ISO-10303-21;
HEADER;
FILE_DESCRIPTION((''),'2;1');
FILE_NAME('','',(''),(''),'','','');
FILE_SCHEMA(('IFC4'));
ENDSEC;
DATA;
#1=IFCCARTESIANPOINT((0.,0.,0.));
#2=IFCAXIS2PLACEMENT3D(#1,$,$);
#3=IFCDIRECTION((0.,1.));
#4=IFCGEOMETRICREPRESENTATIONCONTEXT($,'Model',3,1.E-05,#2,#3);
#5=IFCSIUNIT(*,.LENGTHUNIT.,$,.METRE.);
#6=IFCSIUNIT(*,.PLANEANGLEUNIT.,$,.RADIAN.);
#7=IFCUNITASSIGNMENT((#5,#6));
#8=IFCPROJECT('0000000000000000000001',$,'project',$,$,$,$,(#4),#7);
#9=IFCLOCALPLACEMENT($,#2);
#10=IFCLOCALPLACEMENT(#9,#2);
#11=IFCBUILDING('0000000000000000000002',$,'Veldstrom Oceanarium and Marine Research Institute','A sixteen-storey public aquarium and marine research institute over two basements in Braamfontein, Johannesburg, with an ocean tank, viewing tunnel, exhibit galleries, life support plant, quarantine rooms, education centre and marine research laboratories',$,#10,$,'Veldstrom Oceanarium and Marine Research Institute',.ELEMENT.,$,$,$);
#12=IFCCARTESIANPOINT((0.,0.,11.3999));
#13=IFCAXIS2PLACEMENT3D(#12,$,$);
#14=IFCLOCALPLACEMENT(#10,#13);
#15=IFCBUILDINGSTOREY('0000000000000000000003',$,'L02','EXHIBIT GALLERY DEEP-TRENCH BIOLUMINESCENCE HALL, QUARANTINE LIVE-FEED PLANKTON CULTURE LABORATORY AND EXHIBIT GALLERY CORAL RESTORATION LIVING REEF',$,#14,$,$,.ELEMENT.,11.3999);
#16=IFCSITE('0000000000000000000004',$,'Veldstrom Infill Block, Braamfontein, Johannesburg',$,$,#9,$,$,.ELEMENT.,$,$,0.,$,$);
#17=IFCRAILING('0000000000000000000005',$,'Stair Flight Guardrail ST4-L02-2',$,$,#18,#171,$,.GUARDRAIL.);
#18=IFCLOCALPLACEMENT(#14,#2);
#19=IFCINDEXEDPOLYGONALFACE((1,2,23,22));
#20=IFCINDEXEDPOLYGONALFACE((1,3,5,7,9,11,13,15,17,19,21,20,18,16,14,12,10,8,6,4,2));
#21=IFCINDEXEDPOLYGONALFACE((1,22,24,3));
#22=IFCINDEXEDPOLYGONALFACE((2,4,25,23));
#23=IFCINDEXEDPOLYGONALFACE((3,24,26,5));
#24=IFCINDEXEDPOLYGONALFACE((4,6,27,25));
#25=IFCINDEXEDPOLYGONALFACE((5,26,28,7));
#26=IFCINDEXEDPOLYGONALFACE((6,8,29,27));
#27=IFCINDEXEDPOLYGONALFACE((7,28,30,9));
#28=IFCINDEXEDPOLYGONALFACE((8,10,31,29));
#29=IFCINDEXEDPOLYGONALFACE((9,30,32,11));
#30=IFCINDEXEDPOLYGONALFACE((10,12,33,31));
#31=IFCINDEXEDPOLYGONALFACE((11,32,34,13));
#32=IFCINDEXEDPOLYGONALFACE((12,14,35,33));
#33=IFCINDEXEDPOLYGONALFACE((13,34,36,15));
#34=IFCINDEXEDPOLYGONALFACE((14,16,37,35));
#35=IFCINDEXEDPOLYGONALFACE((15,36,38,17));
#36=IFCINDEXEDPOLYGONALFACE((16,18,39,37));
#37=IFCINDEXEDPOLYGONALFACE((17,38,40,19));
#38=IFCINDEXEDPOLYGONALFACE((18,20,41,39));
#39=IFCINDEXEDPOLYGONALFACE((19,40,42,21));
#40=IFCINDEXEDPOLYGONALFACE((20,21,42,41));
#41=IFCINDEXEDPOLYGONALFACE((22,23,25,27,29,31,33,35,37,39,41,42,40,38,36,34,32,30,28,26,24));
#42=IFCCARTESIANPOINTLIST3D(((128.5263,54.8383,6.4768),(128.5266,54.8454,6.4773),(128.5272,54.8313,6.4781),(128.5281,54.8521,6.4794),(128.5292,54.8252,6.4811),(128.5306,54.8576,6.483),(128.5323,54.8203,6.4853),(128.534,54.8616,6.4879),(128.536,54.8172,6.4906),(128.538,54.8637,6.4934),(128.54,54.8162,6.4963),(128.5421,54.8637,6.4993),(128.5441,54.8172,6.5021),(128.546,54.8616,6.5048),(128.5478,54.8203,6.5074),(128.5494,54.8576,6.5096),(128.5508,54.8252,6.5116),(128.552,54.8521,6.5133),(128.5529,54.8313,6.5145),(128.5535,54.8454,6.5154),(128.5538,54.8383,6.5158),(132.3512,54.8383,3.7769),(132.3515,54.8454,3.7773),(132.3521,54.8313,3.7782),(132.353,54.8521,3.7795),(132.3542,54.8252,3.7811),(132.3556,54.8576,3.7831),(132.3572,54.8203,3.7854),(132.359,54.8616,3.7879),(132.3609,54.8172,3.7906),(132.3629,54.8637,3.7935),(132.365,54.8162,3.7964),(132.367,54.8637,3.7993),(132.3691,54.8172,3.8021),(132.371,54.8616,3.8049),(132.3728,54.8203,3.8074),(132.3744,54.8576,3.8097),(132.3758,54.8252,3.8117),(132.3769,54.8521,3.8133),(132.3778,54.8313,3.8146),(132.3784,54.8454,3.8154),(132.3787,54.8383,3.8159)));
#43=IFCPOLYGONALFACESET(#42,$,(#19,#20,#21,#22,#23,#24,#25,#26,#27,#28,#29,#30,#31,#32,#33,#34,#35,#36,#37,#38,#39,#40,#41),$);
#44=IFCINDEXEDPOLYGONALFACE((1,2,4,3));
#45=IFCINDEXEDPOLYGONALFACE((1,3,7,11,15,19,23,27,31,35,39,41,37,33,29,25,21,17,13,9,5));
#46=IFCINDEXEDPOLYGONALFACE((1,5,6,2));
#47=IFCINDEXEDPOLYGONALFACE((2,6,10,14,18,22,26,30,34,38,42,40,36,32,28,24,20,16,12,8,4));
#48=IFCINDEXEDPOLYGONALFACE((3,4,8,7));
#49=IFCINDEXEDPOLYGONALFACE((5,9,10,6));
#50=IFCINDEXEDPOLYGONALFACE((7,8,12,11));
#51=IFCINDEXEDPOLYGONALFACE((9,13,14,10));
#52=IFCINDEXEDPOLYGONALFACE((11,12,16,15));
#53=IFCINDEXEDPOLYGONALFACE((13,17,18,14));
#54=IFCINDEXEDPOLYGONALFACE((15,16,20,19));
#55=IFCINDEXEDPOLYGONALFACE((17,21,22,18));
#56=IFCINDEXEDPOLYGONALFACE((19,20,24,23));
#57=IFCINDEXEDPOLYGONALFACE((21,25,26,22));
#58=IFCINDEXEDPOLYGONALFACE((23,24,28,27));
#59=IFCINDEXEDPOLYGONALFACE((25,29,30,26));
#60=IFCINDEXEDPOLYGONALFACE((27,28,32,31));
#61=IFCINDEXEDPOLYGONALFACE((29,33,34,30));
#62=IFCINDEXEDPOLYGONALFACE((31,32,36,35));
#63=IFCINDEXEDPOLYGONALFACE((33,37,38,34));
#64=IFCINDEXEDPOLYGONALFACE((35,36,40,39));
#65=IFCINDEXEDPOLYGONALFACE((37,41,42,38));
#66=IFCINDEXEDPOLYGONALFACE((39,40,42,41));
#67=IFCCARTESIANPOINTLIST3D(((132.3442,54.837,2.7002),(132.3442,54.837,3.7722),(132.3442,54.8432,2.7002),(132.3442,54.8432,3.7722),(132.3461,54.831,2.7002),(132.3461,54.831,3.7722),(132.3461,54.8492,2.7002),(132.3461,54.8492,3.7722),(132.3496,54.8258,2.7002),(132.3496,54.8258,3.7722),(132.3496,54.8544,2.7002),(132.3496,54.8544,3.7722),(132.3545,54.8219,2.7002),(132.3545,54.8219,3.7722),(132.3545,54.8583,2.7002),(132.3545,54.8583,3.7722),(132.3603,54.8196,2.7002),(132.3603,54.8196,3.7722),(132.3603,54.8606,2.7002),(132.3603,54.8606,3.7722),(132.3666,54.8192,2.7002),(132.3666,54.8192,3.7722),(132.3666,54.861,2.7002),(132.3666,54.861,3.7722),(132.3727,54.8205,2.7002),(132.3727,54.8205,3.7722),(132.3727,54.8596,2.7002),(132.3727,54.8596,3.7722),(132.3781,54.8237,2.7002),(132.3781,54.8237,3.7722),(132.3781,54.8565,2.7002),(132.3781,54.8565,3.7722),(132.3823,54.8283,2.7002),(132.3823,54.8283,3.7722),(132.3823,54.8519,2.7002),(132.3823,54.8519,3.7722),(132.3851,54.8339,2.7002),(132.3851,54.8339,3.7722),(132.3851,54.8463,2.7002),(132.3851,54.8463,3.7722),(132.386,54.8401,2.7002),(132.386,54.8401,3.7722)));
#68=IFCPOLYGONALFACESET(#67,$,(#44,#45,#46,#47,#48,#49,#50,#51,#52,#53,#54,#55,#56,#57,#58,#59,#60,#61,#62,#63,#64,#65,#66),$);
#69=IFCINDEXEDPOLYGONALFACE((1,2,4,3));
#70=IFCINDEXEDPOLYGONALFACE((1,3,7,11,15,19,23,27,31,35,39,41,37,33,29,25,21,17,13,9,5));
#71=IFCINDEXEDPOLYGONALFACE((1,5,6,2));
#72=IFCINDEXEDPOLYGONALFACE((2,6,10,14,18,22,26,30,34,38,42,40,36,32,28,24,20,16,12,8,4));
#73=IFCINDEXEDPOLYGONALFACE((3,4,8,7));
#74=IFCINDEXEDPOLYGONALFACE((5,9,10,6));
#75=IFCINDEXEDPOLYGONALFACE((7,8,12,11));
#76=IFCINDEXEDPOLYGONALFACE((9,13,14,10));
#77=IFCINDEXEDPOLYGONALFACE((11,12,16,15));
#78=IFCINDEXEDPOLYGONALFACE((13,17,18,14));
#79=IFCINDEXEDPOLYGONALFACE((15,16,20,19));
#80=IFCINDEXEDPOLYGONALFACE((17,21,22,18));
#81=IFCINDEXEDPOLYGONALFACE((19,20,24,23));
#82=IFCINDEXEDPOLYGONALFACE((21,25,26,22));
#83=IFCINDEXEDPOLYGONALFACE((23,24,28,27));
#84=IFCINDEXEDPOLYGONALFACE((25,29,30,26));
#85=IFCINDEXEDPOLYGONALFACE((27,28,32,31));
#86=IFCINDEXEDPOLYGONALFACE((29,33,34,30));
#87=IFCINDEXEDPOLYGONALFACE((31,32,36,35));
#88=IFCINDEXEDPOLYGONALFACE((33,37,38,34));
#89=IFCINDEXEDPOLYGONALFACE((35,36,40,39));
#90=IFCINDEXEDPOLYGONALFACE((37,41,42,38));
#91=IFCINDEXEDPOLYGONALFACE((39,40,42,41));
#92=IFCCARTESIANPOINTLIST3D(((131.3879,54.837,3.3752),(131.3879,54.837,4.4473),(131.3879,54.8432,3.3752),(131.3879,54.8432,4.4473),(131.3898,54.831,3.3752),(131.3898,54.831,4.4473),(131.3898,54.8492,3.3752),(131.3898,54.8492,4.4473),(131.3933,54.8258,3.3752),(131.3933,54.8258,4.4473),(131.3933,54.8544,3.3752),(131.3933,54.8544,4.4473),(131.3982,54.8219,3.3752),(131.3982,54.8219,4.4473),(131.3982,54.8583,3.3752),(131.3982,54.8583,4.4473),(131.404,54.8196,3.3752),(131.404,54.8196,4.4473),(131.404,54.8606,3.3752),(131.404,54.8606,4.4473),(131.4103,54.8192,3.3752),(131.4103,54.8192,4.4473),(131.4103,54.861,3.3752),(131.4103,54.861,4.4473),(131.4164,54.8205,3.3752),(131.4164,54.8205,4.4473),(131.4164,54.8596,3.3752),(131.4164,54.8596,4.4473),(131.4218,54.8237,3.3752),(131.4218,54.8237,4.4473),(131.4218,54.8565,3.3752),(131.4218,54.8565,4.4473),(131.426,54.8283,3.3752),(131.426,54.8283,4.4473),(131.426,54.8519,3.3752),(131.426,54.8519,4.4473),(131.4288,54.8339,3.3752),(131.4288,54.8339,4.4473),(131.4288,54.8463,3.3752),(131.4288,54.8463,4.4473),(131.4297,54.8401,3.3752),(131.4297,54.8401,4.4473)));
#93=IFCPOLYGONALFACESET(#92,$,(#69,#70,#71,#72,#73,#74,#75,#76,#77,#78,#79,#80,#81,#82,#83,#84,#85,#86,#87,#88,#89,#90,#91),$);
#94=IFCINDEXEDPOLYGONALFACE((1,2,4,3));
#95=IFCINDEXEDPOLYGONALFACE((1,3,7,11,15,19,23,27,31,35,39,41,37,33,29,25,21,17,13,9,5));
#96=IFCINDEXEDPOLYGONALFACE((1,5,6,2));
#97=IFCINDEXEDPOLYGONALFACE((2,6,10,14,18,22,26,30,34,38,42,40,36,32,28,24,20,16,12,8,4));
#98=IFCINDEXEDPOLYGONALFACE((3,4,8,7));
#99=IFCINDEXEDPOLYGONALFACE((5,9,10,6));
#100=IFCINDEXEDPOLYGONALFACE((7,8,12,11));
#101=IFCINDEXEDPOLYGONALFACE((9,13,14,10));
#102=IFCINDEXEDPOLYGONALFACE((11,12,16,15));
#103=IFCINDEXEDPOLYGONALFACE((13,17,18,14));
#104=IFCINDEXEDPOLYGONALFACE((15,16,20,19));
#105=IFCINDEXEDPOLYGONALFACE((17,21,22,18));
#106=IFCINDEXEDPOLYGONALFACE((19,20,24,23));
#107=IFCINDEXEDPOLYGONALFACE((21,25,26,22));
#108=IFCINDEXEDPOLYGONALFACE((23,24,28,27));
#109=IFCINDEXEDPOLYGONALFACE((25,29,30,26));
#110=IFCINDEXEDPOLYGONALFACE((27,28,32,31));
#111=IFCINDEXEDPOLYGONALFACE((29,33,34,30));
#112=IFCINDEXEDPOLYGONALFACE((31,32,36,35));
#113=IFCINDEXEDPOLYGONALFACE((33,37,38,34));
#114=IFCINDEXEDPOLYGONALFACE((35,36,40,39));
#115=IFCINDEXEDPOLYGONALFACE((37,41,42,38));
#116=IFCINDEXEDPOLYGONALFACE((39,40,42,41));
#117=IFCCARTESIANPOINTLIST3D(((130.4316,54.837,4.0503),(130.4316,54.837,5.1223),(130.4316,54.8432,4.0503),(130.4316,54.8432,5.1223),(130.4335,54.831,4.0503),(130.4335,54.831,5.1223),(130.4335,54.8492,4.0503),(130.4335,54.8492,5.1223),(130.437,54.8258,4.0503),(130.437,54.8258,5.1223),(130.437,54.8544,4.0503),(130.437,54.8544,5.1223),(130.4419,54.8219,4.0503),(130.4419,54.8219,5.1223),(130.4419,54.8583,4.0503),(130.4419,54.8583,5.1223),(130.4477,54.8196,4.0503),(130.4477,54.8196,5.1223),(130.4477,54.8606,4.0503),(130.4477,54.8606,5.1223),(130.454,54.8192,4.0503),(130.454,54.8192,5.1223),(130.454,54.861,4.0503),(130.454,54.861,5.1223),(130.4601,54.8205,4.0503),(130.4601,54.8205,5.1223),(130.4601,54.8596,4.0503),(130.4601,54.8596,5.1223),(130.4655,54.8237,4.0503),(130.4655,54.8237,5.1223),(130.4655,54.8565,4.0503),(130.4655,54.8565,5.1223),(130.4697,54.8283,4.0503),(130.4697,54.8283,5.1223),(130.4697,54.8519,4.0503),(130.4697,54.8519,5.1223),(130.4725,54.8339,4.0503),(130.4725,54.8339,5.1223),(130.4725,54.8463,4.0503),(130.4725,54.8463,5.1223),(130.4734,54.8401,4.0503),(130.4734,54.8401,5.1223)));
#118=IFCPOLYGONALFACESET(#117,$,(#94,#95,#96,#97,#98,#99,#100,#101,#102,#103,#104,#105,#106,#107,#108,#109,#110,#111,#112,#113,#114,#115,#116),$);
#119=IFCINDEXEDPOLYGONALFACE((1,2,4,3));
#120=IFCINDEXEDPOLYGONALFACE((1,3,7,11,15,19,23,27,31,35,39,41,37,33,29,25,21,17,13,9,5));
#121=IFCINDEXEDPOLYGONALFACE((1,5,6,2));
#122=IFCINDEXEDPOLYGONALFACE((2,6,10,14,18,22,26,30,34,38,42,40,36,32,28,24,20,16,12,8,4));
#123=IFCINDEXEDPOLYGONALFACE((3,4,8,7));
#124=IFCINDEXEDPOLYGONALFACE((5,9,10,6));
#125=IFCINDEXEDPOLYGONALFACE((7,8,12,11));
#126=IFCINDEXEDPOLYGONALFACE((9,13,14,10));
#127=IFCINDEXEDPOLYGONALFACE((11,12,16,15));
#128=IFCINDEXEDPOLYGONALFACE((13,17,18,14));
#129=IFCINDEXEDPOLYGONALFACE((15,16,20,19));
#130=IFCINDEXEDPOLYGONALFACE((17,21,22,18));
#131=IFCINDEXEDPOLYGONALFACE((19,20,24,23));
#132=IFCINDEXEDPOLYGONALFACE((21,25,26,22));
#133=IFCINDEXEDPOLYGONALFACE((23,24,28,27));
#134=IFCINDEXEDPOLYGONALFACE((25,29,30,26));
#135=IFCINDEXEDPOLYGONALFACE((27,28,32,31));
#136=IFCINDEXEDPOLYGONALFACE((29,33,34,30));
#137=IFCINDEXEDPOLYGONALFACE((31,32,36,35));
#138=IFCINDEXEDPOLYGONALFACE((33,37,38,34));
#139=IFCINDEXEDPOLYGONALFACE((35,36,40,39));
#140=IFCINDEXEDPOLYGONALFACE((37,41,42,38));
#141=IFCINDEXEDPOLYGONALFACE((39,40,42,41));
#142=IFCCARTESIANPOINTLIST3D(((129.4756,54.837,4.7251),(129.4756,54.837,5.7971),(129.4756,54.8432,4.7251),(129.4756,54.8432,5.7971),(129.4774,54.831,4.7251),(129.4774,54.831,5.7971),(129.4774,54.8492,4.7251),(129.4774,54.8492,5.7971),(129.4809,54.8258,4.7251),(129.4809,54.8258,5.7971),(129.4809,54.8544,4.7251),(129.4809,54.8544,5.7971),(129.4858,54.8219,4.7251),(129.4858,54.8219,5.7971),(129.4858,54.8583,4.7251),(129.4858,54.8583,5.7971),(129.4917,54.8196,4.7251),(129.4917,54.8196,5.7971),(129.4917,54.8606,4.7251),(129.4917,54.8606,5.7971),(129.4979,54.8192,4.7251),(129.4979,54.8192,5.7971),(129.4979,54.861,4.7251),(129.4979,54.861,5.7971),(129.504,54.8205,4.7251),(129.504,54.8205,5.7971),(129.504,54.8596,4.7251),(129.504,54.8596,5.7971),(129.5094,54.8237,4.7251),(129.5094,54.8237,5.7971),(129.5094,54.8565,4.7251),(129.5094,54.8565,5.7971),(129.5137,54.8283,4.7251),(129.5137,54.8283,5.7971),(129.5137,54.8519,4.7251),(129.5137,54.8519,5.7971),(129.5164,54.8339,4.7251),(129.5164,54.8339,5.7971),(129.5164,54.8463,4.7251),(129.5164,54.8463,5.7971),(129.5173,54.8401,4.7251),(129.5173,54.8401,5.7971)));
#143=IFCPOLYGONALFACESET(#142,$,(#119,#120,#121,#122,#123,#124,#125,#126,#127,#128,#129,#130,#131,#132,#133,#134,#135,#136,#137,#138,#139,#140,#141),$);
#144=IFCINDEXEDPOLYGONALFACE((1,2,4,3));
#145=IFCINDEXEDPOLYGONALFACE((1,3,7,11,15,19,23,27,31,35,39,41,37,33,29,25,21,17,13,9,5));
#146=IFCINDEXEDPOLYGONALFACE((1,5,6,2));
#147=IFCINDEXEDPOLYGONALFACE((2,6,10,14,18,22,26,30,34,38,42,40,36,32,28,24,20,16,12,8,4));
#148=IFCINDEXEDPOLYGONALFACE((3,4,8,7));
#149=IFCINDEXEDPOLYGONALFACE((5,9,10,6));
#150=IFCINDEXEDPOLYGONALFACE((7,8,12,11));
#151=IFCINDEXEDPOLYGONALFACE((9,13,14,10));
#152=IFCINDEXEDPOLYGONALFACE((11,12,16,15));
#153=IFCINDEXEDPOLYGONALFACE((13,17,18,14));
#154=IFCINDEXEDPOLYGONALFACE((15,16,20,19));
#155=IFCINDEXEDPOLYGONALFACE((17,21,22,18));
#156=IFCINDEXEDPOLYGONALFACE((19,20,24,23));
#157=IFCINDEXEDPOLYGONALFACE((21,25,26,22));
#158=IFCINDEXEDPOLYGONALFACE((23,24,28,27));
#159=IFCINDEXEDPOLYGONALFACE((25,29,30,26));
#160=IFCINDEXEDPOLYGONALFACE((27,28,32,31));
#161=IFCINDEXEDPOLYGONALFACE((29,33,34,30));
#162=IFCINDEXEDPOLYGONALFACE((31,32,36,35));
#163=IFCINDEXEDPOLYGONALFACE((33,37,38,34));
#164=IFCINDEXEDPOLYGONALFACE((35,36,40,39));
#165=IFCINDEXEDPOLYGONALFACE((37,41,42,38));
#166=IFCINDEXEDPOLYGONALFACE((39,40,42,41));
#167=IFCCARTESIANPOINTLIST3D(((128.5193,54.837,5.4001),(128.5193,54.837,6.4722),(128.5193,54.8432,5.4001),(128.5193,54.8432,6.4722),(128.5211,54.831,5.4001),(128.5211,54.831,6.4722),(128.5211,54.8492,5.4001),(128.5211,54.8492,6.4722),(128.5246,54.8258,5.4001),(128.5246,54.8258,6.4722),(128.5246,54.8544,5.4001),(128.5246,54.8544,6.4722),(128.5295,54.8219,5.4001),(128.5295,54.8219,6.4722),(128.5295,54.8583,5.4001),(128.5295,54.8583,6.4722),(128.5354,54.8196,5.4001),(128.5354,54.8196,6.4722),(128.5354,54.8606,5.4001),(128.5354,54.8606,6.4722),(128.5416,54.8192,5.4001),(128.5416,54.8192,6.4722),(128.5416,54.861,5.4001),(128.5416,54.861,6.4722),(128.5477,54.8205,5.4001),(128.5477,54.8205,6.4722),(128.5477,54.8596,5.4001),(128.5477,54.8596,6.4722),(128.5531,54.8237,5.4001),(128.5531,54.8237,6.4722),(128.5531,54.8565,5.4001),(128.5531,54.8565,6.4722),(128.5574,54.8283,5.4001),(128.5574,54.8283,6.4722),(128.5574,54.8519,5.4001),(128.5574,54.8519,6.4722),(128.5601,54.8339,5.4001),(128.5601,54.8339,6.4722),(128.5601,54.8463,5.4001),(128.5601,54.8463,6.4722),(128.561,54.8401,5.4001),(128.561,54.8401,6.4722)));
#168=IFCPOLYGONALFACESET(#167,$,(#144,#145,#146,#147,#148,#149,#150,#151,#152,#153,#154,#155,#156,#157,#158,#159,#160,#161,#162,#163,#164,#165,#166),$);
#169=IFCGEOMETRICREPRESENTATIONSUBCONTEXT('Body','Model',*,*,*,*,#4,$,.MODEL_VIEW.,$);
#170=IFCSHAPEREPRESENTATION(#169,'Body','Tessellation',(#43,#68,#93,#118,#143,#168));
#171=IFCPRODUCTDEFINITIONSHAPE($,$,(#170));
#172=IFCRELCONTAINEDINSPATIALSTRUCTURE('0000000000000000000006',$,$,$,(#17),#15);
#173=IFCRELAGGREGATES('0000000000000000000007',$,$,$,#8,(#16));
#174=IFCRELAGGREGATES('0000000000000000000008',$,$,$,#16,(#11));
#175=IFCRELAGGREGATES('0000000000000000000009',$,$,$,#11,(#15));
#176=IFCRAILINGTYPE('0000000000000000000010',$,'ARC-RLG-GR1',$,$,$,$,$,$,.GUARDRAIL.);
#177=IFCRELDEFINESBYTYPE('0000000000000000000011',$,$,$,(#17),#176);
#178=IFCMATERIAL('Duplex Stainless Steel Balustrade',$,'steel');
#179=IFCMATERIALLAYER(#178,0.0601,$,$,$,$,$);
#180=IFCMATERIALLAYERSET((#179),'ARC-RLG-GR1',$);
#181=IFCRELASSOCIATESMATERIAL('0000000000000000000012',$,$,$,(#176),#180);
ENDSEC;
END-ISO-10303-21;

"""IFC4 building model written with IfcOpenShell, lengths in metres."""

from ifc_helpers import new_model, si_unit, direction, frame, origin, origin_2d, place, context, subcontext, project, spatial, circle, extrude, material, layer, layer_set, type_object, element, save


model = new_model("IFC4")

# Units and contexts
model_context = context("Model", 3, precision=1e-05, world=origin(), true_north=direction((0.0, 1.0)))
body_context = subcontext(model_context, "Body", "Model", "MODEL_VIEW")
ifc_project = project(units=[si_unit("LENGTHUNIT", "METRE"), si_unit("PLANEANGLEUNIT", "RADIAN")], contexts=[model_context])

# Site, building, storey
site_placement = place(None, origin())
site = spatial("IfcSite", under=ifc_project, at=site_placement, Name="Veldstrom Infill Block, Braamfontein, Johannesburg", CompositionType="ELEMENT", RefElevation=0.0)
building_placement = place(site_placement, origin())
building = spatial("IfcBuilding", under=site, at=building_placement, Name="Veldstrom Oceanarium and Marine Research Institute", Description="A sixteen-storey public aquarium and marine research institute over two basements in Braamfontein, Johannesburg, with an ocean tank, viewing tunnel, exhibit galleries, life support plant, quarantine rooms, education centre and marine research laboratories", LongName="Veldstrom Oceanarium and Marine Research Institute", CompositionType="ELEMENT")
storey_placement = place(building_placement, frame((0.0, 0.0, 11.3999)))
storey = spatial("IfcBuildingStorey", under=building, at=storey_placement, Name="L02", Description="EXHIBIT GALLERY DEEP-TRENCH BIOLUMINESCENCE HALL, QUARANTINE LIVE-FEED PLANKTON CULTURE LABORATORY AND EXHIBIT GALLERY CORAL RESTORATION LIVING REEF", CompositionType="ELEMENT", Elevation=11.3999)

# Railing
ifc_material_1 = material(Name="Duplex Stainless Steel Balustrade", Category="steel")
ifc_layer_1 = layer(ifc_material_1, 0.0601)
ifc_layer_set_1 = layer_set([ifc_layer_1], Name="ARC-RLG-GR1")
railing_type_1 = type_object("IfcRailingType", Name="ARC-RLG-GR1", PredefinedType="GUARDRAIL", material=ifc_layer_set_1)
railing_1_placement = place(storey_placement, frame((132.365, 54.8401, 2.7002)))
element("IfcRailing", 1, at=railing_1_placement, inside=storey, type_object=railing_type_1, Name="Stair Flight Guardrail ST4-L02-2", PredefinedType="GUARDRAIL", context=body_context, shape_type="SweptSolid", body=[
    extrude(circle(Radius=0.0239, at=origin_2d()), frame((0.0, 0.0, 1.0962), z_axis=(-0.816969, 0.0, 0.576681), x_axis=(0.0, -1.0, 0.0)), (0.0, 0.0, 1.0), 4.6819),
    extrude(circle(Radius=0.021, at=origin_2d()), origin(), (0.0, 0.0, 1.0), 1.072),
    extrude(circle(Radius=0.021, at=origin_2d()), frame((-0.9563, 0.0, 0.675)), (0.0, 0.0, 1.0), 1.072),
    extrude(circle(Radius=0.021, at=origin_2d()), frame((-1.9126, 0.0, 1.3501)), (0.0, 0.0, 1.0), 1.072),
    extrude(circle(Radius=0.021, at=origin_2d()), frame((-2.8687, 0.0, 2.0249)), (0.0, 0.0, 1.0), 1.072),
    extrude(circle(Radius=0.021, at=origin_2d()), frame((-3.825, 0.0, 2.7)), (0.0, 0.0, 1.0), 1.072),
])

save(model, "model.ifc")
